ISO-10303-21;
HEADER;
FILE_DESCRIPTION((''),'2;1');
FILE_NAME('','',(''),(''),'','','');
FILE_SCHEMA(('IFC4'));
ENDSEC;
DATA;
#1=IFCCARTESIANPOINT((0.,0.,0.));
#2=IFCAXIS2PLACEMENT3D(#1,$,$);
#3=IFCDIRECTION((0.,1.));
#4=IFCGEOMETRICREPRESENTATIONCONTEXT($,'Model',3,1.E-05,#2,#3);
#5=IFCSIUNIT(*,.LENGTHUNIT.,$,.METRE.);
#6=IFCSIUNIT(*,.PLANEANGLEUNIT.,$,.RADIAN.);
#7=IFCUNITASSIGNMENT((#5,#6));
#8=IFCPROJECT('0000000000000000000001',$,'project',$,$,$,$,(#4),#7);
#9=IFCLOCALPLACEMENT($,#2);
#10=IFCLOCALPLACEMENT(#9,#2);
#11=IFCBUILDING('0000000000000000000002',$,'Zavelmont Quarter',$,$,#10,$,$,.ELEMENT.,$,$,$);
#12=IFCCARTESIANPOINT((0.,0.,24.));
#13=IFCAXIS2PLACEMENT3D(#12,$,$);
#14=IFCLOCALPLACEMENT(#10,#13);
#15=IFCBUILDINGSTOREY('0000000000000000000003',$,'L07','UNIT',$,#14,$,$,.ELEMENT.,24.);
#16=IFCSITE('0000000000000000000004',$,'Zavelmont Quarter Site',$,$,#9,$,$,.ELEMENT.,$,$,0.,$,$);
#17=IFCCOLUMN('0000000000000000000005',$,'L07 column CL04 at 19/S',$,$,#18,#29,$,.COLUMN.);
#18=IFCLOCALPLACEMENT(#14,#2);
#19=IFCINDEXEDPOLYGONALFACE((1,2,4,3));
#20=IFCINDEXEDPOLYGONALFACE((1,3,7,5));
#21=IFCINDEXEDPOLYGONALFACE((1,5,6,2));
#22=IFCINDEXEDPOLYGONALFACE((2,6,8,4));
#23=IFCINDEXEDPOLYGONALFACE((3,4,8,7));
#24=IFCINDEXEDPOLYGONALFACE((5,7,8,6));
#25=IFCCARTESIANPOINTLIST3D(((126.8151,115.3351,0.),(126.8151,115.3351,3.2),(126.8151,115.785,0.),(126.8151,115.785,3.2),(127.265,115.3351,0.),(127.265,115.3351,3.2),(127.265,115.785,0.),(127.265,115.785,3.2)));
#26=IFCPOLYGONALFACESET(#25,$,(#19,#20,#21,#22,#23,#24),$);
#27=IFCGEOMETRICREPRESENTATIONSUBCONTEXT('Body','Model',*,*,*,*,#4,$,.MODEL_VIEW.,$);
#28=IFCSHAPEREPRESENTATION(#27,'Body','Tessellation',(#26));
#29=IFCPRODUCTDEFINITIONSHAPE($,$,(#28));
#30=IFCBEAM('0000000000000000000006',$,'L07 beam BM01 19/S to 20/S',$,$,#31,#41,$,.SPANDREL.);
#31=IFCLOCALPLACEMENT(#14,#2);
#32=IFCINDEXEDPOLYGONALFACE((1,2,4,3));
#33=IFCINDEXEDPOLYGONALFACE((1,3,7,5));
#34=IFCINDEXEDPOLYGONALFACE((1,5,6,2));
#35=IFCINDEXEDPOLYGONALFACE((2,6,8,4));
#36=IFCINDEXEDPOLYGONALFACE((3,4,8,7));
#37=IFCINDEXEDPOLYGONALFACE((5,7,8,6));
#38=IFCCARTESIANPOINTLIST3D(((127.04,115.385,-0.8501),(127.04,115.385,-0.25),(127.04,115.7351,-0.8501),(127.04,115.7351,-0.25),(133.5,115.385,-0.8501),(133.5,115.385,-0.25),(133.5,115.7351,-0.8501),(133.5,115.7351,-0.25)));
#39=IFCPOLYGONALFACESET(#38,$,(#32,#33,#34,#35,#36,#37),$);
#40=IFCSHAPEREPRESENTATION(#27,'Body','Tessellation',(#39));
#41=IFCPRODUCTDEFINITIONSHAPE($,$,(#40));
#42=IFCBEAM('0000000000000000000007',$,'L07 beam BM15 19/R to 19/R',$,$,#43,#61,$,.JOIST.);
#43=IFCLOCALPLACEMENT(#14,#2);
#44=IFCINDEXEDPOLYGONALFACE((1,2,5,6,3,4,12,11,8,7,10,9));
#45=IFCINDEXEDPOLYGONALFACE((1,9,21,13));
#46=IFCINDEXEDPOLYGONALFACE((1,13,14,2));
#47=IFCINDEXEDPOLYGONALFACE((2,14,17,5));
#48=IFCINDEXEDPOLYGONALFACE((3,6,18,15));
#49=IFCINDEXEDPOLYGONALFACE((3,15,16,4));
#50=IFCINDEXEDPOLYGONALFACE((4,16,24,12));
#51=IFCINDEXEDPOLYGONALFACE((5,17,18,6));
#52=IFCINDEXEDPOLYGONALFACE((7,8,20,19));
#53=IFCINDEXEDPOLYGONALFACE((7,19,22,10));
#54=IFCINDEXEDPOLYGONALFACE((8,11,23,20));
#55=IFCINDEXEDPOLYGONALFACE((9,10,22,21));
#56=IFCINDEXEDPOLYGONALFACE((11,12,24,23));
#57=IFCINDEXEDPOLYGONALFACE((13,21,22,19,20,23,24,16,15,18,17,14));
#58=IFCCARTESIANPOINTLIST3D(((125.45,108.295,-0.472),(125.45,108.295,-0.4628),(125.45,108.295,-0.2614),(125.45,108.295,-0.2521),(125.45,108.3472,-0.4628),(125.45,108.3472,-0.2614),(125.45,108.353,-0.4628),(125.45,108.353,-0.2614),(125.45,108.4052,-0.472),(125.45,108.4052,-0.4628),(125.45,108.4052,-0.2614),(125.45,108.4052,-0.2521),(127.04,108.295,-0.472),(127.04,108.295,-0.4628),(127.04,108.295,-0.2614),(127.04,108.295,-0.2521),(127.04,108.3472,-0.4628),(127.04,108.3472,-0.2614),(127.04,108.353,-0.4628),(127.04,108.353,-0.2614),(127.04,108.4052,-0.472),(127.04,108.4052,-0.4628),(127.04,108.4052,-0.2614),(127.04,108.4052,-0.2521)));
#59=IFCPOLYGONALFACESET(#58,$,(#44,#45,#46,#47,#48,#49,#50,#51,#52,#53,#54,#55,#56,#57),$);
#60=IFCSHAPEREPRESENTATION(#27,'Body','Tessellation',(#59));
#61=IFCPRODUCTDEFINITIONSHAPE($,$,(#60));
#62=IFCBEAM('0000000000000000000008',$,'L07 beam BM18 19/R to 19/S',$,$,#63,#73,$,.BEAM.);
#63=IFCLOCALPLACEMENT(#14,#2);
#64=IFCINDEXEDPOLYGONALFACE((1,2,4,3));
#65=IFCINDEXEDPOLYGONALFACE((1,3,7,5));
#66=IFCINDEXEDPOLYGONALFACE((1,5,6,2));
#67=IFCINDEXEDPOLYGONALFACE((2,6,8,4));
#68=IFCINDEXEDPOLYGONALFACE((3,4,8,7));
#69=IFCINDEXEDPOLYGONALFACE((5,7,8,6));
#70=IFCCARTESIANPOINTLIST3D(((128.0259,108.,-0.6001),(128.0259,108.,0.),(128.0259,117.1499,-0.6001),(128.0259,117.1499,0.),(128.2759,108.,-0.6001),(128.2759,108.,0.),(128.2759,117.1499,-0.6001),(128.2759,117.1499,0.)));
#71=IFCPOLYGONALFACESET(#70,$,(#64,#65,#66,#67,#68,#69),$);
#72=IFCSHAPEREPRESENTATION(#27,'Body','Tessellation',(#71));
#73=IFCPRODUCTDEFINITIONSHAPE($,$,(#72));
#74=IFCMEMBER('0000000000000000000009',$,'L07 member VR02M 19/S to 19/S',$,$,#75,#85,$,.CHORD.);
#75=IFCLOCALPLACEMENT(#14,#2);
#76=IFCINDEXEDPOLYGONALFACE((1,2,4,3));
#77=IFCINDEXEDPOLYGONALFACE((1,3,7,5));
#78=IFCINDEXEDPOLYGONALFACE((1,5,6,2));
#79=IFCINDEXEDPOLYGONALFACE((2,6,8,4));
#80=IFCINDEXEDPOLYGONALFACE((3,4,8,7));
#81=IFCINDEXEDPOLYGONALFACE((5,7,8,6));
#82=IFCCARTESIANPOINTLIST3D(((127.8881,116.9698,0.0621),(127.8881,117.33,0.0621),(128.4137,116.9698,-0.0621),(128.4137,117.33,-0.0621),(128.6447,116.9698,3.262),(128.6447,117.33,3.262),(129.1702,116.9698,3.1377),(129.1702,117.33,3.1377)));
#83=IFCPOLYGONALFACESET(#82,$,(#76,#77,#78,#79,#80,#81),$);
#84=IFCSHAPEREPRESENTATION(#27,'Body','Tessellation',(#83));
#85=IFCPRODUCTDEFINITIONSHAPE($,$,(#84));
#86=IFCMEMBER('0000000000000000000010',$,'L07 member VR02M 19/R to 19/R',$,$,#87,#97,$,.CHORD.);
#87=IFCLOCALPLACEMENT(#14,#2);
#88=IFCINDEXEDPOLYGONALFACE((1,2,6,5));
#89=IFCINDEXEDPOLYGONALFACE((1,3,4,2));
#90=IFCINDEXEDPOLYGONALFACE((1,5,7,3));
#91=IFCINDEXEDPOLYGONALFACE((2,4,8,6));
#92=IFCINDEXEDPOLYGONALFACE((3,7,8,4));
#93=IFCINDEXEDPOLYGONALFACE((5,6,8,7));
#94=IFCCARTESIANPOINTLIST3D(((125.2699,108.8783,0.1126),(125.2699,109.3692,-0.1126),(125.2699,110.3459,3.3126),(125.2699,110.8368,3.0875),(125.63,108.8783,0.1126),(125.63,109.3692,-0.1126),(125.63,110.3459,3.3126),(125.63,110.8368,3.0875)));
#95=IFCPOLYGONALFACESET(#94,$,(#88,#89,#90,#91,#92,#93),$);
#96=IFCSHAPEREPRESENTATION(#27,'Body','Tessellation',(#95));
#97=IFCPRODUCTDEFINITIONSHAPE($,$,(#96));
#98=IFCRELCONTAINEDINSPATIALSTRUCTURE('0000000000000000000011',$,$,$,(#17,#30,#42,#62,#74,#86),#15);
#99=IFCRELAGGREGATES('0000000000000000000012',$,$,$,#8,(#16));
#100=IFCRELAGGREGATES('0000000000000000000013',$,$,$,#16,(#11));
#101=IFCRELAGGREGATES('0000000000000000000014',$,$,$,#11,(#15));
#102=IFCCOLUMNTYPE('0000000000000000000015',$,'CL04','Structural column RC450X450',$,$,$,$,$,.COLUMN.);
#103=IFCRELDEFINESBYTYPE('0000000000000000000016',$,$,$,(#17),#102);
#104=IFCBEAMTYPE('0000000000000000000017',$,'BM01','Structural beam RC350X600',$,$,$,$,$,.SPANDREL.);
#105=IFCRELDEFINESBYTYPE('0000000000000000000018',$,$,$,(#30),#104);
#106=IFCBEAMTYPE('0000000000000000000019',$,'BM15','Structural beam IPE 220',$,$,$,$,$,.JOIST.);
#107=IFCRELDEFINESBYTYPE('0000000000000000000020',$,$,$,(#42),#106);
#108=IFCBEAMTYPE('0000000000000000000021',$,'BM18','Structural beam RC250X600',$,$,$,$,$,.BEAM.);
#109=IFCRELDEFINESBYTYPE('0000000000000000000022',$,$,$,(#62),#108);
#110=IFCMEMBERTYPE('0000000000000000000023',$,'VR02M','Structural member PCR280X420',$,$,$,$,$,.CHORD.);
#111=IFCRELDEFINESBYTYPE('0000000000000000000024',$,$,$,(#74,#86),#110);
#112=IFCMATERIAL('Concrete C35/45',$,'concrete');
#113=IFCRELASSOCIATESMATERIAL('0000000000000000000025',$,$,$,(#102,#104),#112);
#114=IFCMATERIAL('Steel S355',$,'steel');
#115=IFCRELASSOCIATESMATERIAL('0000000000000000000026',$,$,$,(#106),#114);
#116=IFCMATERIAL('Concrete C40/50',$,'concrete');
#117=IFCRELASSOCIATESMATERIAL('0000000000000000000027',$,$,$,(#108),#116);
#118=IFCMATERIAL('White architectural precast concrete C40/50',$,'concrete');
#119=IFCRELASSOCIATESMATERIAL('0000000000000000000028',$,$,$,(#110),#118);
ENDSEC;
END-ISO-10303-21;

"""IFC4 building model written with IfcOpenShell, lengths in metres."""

from ifc_helpers import new_model, si_unit, direction, frame, origin, origin_2d, place, context, subcontext, project, spatial, rectangle, i_section, extrude, material, material_profile, profile_set, type_object, element, save


model = new_model("IFC4")

# Units and contexts
model_context = context("Model", 3, precision=1e-05, world=origin(), true_north=direction((0.0, 1.0)))
body_context = subcontext(model_context, "Body", "Model", "MODEL_VIEW")
ifc_project = project(units=[si_unit("LENGTHUNIT", "METRE"), si_unit("PLANEANGLEUNIT", "RADIAN")], contexts=[model_context])

# Site, building, storey
site_placement = place(None, origin())
site = spatial("IfcSite", under=ifc_project, at=site_placement, Name="Zavelmont Quarter Site", CompositionType="ELEMENT", RefElevation=0.0)
building_placement = place(site_placement, origin())
building = spatial("IfcBuilding", under=site, at=building_placement, Name="Zavelmont Quarter", CompositionType="ELEMENT")
storey_placement = place(building_placement, frame((0.0, 0.0, 24.0)))
storey = spatial("IfcBuildingStorey", under=building, at=storey_placement, Name="L07", Description="UNIT", CompositionType="ELEMENT", Elevation=24.0)

# Column
ifc_material_1 = material(Name="Concrete C35/45", Category="concrete")
ifc_material_profile_1 = material_profile(ifc_material_1, rectangle(XDim=0.45, YDim=0.45, at=origin_2d()), Name="RC450X450")
ifc_profile_set_1 = profile_set([ifc_material_profile_1], Name="Concrete C35/45")
column_type = type_object("IfcColumnType", Name="CL04", Description="Structural column RC450X450", PredefinedType="COLUMN", material=ifc_profile_set_1)
column_placement = place(storey_placement, frame((127.04, 115.5601, 0.0), z_axis=(0.0, 0.0, 1.0), x_axis=(1.0, 0.0, 0.0)))
element("IfcColumn", 1, at=column_placement, inside=storey, type_object=column_type, Name="L07 column CL04 at 19/S", PredefinedType="COLUMN", context=body_context, shape_type="SweptSolid", body=[
    extrude(rectangle(XDim=0.45, YDim=0.45, at=origin_2d()), origin(), (0.0, 0.0, 1.0), 3.2),
])

# Beams
ifc_material_profile_2 = material_profile(ifc_material_1, rectangle(XDim=0.3501, YDim=0.6001, at=origin_2d()), Name="RC350X600")
ifc_profile_set_2 = profile_set([ifc_material_profile_2], Name="Concrete C35/45")
beam_type_1 = type_object("IfcBeamType", Name="BM01", Description="Structural beam RC350X600", PredefinedType="SPANDREL", material=ifc_profile_set_2)
beam_1_placement = place(storey_placement, frame((127.04, 115.5601, -0.55), z_axis=(1.0, 0.0, 0.0), x_axis=(0.0, 1.0, 0.0)))
element("IfcBeam", 2, at=beam_1_placement, inside=storey, type_object=beam_type_1, Name="L07 beam BM01 19/S to 20/S", PredefinedType="SPANDREL", context=body_context, shape_type="SweptSolid", body=[
    extrude(rectangle(XDim=0.3501, YDim=0.6001, at=origin_2d()), origin(), (0.0, 0.0, 1.0), 6.46),
])
ifc_material_2 = material(Name="Steel S355", Category="steel")
ifc_material_profile_3 = material_profile(ifc_material_2, i_section(OverallWidth=0.1101, OverallDepth=0.22, WebThickness=0.0059, FlangeThickness=0.0093, at=origin_2d()), Name="IPE 220")
ifc_profile_set_3 = profile_set([ifc_material_profile_3], Name="Steel S355")
beam_type_2 = type_object("IfcBeamType", Name="BM15", Description="Structural beam IPE 220", PredefinedType="JOIST", material=ifc_profile_set_3)
beam_2_placement = place(storey_placement, frame((127.04, 108.3501, -0.3621), z_axis=(-1.0, 0.0, 0.0), x_axis=(0.0, -1.0, 0.0)))
element("IfcBeam", 3, at=beam_2_placement, inside=storey, type_object=beam_type_2, Name="L07 beam BM15 19/R to 19/R", PredefinedType="JOIST", context=body_context, shape_type="SweptSolid", body=[
    extrude(i_section(OverallWidth=0.1101, OverallDepth=0.22, WebThickness=0.0059, FlangeThickness=0.0093, at=origin_2d()), origin(), (0.0, 0.0, 1.0), 1.5901),
])
ifc_material_3 = material(Name="Concrete C40/50", Category="concrete")
ifc_material_profile_4 = material_profile(ifc_material_3, rectangle(XDim=0.25, YDim=0.6001, at=origin_2d()), Name="RC250X600")
ifc_profile_set_4 = profile_set([ifc_material_profile_4], Name="Concrete C40/50")
beam_type_3 = type_object("IfcBeamType", Name="BM18", Description="Structural beam RC250X600", PredefinedType="BEAM", material=ifc_profile_set_4)
beam_3_placement = place(storey_placement, frame((128.1509, 108.0, -0.3), z_axis=(0.0, 1.0, 0.0), x_axis=(-1.0, 0.0, 0.0)))
element("IfcBeam", 4, at=beam_3_placement, inside=storey, type_object=beam_type_3, Name="L07 beam BM18 19/R to 19/S", PredefinedType="BEAM", context=body_context, shape_type="SweptSolid", body=[
    extrude(rectangle(XDim=0.25, YDim=0.6001, at=origin_2d()), origin(), (0.0, 0.0, 1.0), 9.1499),
])

# Members
ifc_material_4 = material(Name="White architectural precast concrete C40/50", Category="concrete")
ifc_material_profile_5 = material_profile(ifc_material_4, rectangle(XDim=0.3601, YDim=0.54, at=origin_2d()), Name="PCR280X420")
ifc_profile_set_5 = profile_set([ifc_material_profile_5], Name="White architectural precast concrete C40/50")
member_type = type_object("IfcMemberType", Name="VR02M", Description="Structural member PCR280X420", PredefinedType="CHORD", material=ifc_profile_set_5)
member_1_placement = place(storey_placement, frame((128.1509, 117.1499, 0.0), z_axis=(0.230094, 0.0, 0.973168), x_axis=(0.0, 1.0, 0.0)))
element("IfcMember", 5, at=member_1_placement, inside=storey, type_object=member_type, Name="L07 member VR02M 19/S to 19/S", PredefinedType="CHORD", context=body_context, shape_type="SweptSolid", body=[
    extrude(rectangle(XDim=0.3601, YDim=0.54, at=origin_2d()), origin(), (0.0, 0.0, 1.0), 3.2881),
])
member_2_placement = place(storey_placement, frame((125.45, 109.1238, 0.0), z_axis=(0.0, 0.416862, 0.90897), x_axis=(-1.0, 0.0, 0.0)))
element("IfcMember", 6, at=member_2_placement, inside=storey, type_object=member_type, Name="L07 member VR02M 19/R to 19/R", PredefinedType="CHORD", context=body_context, shape_type="SweptSolid", body=[
    extrude(rectangle(XDim=0.3601, YDim=0.54, at=origin_2d()), origin(), (0.0, 0.0, 1.0), 3.5205),
])

save(model, "model.ifc")
